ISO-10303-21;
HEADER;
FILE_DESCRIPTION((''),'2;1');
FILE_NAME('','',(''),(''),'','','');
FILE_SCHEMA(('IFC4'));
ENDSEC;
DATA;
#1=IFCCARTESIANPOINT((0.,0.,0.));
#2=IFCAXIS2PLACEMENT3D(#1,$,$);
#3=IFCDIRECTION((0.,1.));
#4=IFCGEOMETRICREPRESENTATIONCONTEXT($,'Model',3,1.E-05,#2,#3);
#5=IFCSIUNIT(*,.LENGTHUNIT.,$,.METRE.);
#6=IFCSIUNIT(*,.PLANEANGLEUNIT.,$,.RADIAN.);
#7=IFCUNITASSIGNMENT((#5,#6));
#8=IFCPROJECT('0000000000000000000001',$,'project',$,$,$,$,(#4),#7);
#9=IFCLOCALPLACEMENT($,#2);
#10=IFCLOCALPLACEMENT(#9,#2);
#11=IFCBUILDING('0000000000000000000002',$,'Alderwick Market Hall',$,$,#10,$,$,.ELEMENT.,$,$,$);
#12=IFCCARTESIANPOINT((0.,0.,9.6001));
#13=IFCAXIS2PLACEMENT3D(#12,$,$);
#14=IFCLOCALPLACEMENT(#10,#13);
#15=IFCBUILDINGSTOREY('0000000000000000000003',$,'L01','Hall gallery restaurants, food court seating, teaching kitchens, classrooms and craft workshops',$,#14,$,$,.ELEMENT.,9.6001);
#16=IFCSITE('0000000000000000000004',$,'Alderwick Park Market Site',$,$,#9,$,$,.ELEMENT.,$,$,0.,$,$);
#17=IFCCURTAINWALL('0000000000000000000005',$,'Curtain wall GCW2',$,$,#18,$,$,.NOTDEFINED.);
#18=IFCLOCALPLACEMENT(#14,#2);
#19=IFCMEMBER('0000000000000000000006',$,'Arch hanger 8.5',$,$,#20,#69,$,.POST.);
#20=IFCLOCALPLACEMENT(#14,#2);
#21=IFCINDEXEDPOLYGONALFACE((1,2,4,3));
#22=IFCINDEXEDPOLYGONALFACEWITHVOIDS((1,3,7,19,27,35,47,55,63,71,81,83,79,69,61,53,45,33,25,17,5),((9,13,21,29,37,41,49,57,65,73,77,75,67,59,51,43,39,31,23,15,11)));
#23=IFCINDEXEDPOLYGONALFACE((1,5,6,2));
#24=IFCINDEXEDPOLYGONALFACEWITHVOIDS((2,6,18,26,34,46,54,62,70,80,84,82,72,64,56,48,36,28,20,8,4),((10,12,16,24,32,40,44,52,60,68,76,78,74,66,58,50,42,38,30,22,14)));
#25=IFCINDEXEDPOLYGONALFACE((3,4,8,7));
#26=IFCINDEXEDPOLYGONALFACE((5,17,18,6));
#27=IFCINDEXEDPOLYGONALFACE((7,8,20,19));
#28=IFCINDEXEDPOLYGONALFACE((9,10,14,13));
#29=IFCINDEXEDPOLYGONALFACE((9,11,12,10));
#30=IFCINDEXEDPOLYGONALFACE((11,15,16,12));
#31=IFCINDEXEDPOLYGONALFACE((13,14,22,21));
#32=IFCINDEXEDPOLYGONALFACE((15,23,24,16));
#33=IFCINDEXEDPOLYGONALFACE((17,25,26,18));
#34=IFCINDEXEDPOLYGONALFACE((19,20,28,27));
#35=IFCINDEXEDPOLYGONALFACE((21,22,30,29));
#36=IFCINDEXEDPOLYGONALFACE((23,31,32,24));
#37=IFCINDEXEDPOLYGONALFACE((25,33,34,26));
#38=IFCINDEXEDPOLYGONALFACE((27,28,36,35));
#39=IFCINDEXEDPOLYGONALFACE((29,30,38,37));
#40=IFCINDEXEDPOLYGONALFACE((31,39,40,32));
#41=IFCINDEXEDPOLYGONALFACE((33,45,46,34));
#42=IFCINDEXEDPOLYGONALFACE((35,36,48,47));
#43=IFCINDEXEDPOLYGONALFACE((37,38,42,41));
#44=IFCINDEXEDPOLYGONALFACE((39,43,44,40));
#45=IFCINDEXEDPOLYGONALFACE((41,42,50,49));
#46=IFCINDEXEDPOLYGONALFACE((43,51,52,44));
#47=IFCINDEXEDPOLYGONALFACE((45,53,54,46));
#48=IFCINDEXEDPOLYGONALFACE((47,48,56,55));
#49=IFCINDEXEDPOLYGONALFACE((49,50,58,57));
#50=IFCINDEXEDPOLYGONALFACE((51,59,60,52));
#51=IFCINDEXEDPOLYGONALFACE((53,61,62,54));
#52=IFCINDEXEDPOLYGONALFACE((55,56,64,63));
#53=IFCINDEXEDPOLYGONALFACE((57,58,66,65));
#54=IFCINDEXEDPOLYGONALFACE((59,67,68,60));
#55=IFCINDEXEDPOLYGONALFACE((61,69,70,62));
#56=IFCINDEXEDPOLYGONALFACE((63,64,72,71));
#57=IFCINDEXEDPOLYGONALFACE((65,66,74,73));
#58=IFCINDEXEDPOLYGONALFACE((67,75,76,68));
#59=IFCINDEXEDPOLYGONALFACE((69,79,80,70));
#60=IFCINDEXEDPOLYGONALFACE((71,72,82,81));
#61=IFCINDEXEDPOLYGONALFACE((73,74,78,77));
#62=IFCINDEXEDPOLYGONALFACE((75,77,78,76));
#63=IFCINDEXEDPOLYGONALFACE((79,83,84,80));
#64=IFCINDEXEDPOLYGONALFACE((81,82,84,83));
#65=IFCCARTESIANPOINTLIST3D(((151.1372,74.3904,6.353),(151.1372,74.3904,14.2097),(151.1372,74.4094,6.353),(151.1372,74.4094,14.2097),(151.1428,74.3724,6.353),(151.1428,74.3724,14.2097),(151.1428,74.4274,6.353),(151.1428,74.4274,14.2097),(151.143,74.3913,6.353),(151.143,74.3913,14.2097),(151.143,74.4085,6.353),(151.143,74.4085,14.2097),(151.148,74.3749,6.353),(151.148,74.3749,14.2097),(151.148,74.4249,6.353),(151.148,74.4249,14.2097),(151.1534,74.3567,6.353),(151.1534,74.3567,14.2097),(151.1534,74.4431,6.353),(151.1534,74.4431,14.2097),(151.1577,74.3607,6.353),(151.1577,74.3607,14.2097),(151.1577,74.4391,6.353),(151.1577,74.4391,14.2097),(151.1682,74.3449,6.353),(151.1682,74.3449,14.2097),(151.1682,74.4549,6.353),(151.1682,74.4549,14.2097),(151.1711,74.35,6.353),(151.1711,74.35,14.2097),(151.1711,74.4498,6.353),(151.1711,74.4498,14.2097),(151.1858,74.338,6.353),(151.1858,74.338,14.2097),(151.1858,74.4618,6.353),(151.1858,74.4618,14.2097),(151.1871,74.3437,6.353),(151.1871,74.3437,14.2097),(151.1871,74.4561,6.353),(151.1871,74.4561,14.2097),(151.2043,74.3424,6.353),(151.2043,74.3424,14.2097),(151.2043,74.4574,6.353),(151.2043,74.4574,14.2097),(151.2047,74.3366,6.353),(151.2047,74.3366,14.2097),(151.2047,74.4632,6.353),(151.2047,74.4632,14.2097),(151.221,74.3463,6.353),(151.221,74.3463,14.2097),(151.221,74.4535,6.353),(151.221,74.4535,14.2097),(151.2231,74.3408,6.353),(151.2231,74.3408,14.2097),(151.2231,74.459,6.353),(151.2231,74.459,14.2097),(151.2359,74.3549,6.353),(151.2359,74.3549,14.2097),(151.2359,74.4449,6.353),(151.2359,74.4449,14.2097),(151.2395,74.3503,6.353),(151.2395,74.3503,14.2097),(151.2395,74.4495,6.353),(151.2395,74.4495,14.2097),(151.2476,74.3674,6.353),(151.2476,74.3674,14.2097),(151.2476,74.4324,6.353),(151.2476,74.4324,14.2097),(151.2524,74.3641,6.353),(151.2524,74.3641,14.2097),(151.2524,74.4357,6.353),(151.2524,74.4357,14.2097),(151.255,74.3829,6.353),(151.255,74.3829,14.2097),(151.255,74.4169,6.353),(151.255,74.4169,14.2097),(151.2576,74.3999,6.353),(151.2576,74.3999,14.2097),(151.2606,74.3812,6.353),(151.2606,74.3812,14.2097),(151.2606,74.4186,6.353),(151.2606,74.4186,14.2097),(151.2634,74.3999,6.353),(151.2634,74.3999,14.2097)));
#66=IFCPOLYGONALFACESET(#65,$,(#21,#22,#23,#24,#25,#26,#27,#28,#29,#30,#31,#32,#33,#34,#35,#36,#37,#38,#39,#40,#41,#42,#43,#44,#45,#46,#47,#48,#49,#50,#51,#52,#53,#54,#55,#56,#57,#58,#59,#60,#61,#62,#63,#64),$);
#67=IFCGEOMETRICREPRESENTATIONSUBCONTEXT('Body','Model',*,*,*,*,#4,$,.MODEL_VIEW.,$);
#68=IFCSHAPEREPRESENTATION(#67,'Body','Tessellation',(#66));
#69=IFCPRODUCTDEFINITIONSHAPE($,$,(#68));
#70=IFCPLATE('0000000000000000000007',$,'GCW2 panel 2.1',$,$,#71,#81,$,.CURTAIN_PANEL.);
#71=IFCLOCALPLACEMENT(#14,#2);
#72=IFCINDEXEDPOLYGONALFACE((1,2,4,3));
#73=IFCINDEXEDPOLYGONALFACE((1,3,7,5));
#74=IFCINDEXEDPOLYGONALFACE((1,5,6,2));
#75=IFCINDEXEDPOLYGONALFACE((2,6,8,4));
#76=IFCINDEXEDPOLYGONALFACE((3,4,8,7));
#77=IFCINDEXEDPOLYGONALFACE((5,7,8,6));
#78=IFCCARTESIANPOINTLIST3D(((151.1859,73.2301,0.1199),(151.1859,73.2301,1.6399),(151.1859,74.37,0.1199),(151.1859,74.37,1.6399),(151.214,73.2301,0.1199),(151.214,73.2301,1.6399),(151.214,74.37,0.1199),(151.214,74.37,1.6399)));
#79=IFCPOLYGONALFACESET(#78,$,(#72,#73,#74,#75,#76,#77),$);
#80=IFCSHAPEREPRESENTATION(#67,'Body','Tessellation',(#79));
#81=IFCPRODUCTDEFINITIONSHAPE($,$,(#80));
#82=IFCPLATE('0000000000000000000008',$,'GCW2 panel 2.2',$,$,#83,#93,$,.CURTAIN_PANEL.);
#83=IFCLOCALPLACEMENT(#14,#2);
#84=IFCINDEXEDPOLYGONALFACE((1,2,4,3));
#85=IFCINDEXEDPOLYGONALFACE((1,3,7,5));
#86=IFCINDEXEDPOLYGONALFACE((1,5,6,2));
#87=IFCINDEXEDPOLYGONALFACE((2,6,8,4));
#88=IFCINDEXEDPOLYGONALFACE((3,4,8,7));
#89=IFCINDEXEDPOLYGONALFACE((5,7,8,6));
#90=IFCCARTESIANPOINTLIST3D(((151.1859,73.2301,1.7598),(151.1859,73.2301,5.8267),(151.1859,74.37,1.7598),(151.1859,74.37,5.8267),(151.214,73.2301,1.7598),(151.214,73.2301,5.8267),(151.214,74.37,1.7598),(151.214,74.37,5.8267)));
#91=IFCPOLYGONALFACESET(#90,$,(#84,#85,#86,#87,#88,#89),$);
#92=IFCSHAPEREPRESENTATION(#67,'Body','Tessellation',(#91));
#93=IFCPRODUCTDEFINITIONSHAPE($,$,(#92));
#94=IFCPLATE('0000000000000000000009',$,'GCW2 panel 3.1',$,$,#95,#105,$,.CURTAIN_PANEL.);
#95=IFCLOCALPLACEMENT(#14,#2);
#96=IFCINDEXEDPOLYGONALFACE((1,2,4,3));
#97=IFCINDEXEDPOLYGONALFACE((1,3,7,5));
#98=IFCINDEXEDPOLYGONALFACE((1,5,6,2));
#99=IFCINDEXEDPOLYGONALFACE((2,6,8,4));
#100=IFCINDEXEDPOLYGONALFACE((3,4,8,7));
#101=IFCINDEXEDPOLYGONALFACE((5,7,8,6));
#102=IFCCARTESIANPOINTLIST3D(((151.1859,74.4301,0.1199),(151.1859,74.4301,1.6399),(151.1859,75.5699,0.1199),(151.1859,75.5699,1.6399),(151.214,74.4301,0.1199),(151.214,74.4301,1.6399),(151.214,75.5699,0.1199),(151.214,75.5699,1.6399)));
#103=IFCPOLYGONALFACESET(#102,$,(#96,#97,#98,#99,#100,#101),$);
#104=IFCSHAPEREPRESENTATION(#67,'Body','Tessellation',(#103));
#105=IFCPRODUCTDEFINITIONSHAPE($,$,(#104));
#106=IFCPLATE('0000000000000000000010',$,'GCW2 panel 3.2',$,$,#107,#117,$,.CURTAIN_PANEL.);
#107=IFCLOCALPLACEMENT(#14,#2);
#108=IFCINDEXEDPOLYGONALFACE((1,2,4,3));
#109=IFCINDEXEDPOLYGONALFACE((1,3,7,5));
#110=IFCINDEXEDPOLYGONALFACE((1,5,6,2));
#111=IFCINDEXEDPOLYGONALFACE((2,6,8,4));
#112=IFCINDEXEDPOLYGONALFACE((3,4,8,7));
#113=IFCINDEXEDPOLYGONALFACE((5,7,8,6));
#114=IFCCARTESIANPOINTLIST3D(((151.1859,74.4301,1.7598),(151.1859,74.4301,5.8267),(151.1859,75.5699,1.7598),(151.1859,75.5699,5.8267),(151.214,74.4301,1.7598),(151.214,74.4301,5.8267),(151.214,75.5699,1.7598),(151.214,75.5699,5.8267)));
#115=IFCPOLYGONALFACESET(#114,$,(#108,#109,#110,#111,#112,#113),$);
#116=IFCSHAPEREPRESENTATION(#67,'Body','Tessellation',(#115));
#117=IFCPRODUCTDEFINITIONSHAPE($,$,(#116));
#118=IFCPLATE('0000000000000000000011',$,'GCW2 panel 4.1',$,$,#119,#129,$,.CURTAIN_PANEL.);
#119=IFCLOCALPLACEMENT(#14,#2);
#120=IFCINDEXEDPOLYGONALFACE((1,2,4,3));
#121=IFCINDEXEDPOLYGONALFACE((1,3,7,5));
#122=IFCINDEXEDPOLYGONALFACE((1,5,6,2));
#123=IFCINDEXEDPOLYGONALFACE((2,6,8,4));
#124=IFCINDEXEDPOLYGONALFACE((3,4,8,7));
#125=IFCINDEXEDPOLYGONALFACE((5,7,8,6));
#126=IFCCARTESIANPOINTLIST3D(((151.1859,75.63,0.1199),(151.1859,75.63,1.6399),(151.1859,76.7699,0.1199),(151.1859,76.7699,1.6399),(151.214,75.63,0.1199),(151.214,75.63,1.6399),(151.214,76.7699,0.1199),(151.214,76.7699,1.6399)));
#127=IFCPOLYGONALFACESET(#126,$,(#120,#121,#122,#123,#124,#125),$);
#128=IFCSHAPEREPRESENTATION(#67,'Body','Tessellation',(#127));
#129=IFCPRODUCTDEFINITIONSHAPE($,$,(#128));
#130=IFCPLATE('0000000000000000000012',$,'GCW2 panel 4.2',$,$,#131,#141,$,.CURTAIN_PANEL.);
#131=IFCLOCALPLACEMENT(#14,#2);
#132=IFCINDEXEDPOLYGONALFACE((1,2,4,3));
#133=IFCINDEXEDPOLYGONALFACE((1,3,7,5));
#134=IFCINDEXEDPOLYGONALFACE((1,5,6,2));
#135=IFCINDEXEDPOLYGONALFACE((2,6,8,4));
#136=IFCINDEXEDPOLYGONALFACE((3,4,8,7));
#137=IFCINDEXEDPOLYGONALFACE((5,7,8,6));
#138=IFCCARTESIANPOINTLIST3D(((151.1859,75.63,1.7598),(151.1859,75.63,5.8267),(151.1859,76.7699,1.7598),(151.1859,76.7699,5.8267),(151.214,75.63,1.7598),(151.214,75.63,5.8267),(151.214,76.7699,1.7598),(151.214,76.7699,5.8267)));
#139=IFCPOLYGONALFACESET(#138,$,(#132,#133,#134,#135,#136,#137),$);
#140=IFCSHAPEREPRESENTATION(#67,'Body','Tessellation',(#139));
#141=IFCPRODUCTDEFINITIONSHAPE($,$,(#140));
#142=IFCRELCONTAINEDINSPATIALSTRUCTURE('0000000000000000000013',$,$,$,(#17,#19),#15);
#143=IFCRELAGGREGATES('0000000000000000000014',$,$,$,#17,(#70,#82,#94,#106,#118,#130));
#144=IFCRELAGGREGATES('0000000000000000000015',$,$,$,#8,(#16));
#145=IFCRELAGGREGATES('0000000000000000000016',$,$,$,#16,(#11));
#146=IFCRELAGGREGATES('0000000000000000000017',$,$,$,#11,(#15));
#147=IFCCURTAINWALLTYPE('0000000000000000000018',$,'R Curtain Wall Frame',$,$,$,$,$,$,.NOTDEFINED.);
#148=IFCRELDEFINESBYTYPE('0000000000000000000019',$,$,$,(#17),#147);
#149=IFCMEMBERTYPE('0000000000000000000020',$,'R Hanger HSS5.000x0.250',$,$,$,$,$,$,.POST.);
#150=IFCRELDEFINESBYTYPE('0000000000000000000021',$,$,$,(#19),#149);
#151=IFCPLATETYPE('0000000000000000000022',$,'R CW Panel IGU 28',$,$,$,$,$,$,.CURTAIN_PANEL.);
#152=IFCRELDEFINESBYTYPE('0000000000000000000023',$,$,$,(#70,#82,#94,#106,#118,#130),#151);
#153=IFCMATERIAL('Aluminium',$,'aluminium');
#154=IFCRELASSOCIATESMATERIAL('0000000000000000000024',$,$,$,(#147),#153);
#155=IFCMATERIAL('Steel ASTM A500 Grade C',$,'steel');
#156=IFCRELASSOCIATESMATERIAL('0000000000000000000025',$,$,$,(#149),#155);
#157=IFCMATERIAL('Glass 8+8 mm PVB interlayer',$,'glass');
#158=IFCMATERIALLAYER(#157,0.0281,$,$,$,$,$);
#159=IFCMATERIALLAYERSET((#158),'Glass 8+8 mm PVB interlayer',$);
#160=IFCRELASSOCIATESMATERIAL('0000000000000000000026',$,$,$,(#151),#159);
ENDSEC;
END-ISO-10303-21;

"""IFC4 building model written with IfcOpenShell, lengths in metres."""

from ifc_helpers import new_model, si_unit, direction, frame, origin, origin_2d, place, context, subcontext, project, spatial, rectangle, hollow_circle, extrude, material, layer, layer_set, material_profile, profile_set, type_object, element, aggregate, save


model = new_model("IFC4")

# Units and contexts
model_context = context("Model", 3, precision=1e-05, world=origin(), true_north=direction((0.0, 1.0)))
body_context = subcontext(model_context, "Body", "Model", "MODEL_VIEW")
ifc_project = project(units=[si_unit("LENGTHUNIT", "METRE"), si_unit("PLANEANGLEUNIT", "RADIAN")], contexts=[model_context])

# Site, building, storey
site_placement = place(None, origin())
site = spatial("IfcSite", under=ifc_project, at=site_placement, Name="Alderwick Park Market Site", CompositionType="ELEMENT", RefElevation=0.0)
building_placement = place(site_placement, origin())
building = spatial("IfcBuilding", under=site, at=building_placement, Name="Alderwick Market Hall", CompositionType="ELEMENT")
storey_placement = place(building_placement, frame((0.0, 0.0, 9.6001)))
storey = spatial("IfcBuildingStorey", under=building, at=storey_placement, Name="L01", Description="Hall gallery restaurants, food court seating, teaching kitchens, classrooms and craft workshops", CompositionType="ELEMENT", Elevation=9.6001)

# Curtain wall
ifc_material_1 = material(Name="Aluminium", Category="aluminium")
curtain_wall_type = type_object("IfcCurtainWallType", Name="R Curtain Wall Frame", PredefinedType="NOTDEFINED", material=ifc_material_1)
curtain_wall_1_placement = place(storey_placement, origin())
curtain_wall_1 = element("IfcCurtainWall", 1, at=curtain_wall_1_placement, inside=storey, type_object=curtain_wall_type, Name="Curtain wall GCW2", PredefinedType="NOTDEFINED")

# Member
ifc_material_2 = material(Name="Steel ASTM A500 Grade C", Category="steel")
ifc_material_profile_1 = material_profile(ifc_material_2, hollow_circle(Radius=0.0635, WallThickness=0.0059, at=origin_2d()), Name="HSS5.000x0.250")
ifc_profile_set_1 = profile_set([ifc_material_profile_1], Name="Steel ASTM A500 Grade C")
member_type_1 = type_object("IfcMemberType", Name="R Hanger HSS5.000x0.250", PredefinedType="POST", material=ifc_profile_set_1)
member_1_placement = place(storey_placement, frame((151.2, 74.3999, 6.353), z_axis=(0.0, 0.0, 1.0), x_axis=(1.0, 0.0, 0.0)))
element("IfcMember", 2, at=member_1_placement, inside=storey, type_object=member_type_1, Name="Arch hanger 8.5", PredefinedType="POST", context=body_context, shape_type="SweptSolid", body=[
    extrude(hollow_circle(Radius=0.0635, WallThickness=0.0059, at=origin_2d()), origin(), (0.0, 0.0, 1.0), 7.8567),
])

# Plates
ifc_material_3 = material(Name="Glass 8+8 mm PVB interlayer", Category="glass")
ifc_layer = layer(ifc_material_3, 0.0281)
ifc_layer_set = layer_set([ifc_layer], Name="Glass 8+8 mm PVB interlayer")
plate_type = type_object("IfcPlateType", Name="R CW Panel IGU 28", PredefinedType="CURTAIN_PANEL", material=ifc_layer_set)
plate_1_placement = place(storey_placement, frame((151.2, 73.8, 0.1199), z_axis=(0.0, 0.0, 1.0), x_axis=(1.0, 0.0, 0.0)))
plate_1 = element("IfcPlate", 3, at=plate_1_placement, type_object=plate_type, Name="GCW2 panel 2.1", PredefinedType="CURTAIN_PANEL", context=body_context, shape_type="SweptSolid", body=[
    extrude(rectangle(XDim=0.0281, YDim=1.1399, at=origin_2d()), origin(), (0.0, 0.0, 1.0), 1.52),
])
plate_2_placement = place(storey_placement, frame((151.2, 73.8, 1.7598), z_axis=(0.0, 0.0, 1.0), x_axis=(1.0, 0.0, 0.0)))
plate_2 = element("IfcPlate", 4, at=plate_2_placement, type_object=plate_type, Name="GCW2 panel 2.2", PredefinedType="CURTAIN_PANEL", context=body_context, shape_type="SweptSolid", body=[
    extrude(rectangle(XDim=0.0281, YDim=1.1399, at=origin_2d()), origin(), (0.0, 0.0, 1.0), 4.0669),
])
plate_3_placement = place(storey_placement, frame((151.2, 75.0, 0.1199), z_axis=(0.0, 0.0, 1.0), x_axis=(1.0, 0.0, 0.0)))
plate_3 = element("IfcPlate", 5, at=plate_3_placement, type_object=plate_type, Name="GCW2 panel 3.1", PredefinedType="CURTAIN_PANEL", context=body_context, shape_type="SweptSolid", body=[
    extrude(rectangle(XDim=0.0281, YDim=1.1399, at=origin_2d()), origin(), (0.0, 0.0, 1.0), 1.52),
])
plate_4_placement = place(storey_placement, frame((151.2, 75.0, 1.7598), z_axis=(0.0, 0.0, 1.0), x_axis=(1.0, 0.0, 0.0)))
plate_4 = element("IfcPlate", 6, at=plate_4_placement, type_object=plate_type, Name="GCW2 panel 3.2", PredefinedType="CURTAIN_PANEL", context=body_context, shape_type="SweptSolid", body=[
    extrude(rectangle(XDim=0.0281, YDim=1.1399, at=origin_2d()), origin(), (0.0, 0.0, 1.0), 4.0669),
])
plate_5_placement = place(storey_placement, frame((151.2, 76.2, 0.1199), z_axis=(0.0, 0.0, 1.0), x_axis=(1.0, 0.0, 0.0)))
plate_5 = element("IfcPlate", 7, at=plate_5_placement, type_object=plate_type, Name="GCW2 panel 4.1", PredefinedType="CURTAIN_PANEL", context=body_context, shape_type="SweptSolid", body=[
    extrude(rectangle(XDim=0.0281, YDim=1.1399, at=origin_2d()), origin(), (0.0, 0.0, 1.0), 1.52),
])
plate_6_placement = place(storey_placement, frame((151.2, 76.2, 1.7598), z_axis=(0.0, 0.0, 1.0), x_axis=(1.0, 0.0, 0.0)))
plate_6 = element("IfcPlate", 8, at=plate_6_placement, type_object=plate_type, Name="GCW2 panel 4.2", PredefinedType="CURTAIN_PANEL", context=body_context, shape_type="SweptSolid", body=[
    extrude(rectangle(XDim=0.0281, YDim=1.1399, at=origin_2d()), origin(), (0.0, 0.0, 1.0), 4.0669),
])
aggregate(curtain_wall_1, [plate_1, plate_2, plate_3, plate_4, plate_5, plate_6])

save(model, "model.ifc")
